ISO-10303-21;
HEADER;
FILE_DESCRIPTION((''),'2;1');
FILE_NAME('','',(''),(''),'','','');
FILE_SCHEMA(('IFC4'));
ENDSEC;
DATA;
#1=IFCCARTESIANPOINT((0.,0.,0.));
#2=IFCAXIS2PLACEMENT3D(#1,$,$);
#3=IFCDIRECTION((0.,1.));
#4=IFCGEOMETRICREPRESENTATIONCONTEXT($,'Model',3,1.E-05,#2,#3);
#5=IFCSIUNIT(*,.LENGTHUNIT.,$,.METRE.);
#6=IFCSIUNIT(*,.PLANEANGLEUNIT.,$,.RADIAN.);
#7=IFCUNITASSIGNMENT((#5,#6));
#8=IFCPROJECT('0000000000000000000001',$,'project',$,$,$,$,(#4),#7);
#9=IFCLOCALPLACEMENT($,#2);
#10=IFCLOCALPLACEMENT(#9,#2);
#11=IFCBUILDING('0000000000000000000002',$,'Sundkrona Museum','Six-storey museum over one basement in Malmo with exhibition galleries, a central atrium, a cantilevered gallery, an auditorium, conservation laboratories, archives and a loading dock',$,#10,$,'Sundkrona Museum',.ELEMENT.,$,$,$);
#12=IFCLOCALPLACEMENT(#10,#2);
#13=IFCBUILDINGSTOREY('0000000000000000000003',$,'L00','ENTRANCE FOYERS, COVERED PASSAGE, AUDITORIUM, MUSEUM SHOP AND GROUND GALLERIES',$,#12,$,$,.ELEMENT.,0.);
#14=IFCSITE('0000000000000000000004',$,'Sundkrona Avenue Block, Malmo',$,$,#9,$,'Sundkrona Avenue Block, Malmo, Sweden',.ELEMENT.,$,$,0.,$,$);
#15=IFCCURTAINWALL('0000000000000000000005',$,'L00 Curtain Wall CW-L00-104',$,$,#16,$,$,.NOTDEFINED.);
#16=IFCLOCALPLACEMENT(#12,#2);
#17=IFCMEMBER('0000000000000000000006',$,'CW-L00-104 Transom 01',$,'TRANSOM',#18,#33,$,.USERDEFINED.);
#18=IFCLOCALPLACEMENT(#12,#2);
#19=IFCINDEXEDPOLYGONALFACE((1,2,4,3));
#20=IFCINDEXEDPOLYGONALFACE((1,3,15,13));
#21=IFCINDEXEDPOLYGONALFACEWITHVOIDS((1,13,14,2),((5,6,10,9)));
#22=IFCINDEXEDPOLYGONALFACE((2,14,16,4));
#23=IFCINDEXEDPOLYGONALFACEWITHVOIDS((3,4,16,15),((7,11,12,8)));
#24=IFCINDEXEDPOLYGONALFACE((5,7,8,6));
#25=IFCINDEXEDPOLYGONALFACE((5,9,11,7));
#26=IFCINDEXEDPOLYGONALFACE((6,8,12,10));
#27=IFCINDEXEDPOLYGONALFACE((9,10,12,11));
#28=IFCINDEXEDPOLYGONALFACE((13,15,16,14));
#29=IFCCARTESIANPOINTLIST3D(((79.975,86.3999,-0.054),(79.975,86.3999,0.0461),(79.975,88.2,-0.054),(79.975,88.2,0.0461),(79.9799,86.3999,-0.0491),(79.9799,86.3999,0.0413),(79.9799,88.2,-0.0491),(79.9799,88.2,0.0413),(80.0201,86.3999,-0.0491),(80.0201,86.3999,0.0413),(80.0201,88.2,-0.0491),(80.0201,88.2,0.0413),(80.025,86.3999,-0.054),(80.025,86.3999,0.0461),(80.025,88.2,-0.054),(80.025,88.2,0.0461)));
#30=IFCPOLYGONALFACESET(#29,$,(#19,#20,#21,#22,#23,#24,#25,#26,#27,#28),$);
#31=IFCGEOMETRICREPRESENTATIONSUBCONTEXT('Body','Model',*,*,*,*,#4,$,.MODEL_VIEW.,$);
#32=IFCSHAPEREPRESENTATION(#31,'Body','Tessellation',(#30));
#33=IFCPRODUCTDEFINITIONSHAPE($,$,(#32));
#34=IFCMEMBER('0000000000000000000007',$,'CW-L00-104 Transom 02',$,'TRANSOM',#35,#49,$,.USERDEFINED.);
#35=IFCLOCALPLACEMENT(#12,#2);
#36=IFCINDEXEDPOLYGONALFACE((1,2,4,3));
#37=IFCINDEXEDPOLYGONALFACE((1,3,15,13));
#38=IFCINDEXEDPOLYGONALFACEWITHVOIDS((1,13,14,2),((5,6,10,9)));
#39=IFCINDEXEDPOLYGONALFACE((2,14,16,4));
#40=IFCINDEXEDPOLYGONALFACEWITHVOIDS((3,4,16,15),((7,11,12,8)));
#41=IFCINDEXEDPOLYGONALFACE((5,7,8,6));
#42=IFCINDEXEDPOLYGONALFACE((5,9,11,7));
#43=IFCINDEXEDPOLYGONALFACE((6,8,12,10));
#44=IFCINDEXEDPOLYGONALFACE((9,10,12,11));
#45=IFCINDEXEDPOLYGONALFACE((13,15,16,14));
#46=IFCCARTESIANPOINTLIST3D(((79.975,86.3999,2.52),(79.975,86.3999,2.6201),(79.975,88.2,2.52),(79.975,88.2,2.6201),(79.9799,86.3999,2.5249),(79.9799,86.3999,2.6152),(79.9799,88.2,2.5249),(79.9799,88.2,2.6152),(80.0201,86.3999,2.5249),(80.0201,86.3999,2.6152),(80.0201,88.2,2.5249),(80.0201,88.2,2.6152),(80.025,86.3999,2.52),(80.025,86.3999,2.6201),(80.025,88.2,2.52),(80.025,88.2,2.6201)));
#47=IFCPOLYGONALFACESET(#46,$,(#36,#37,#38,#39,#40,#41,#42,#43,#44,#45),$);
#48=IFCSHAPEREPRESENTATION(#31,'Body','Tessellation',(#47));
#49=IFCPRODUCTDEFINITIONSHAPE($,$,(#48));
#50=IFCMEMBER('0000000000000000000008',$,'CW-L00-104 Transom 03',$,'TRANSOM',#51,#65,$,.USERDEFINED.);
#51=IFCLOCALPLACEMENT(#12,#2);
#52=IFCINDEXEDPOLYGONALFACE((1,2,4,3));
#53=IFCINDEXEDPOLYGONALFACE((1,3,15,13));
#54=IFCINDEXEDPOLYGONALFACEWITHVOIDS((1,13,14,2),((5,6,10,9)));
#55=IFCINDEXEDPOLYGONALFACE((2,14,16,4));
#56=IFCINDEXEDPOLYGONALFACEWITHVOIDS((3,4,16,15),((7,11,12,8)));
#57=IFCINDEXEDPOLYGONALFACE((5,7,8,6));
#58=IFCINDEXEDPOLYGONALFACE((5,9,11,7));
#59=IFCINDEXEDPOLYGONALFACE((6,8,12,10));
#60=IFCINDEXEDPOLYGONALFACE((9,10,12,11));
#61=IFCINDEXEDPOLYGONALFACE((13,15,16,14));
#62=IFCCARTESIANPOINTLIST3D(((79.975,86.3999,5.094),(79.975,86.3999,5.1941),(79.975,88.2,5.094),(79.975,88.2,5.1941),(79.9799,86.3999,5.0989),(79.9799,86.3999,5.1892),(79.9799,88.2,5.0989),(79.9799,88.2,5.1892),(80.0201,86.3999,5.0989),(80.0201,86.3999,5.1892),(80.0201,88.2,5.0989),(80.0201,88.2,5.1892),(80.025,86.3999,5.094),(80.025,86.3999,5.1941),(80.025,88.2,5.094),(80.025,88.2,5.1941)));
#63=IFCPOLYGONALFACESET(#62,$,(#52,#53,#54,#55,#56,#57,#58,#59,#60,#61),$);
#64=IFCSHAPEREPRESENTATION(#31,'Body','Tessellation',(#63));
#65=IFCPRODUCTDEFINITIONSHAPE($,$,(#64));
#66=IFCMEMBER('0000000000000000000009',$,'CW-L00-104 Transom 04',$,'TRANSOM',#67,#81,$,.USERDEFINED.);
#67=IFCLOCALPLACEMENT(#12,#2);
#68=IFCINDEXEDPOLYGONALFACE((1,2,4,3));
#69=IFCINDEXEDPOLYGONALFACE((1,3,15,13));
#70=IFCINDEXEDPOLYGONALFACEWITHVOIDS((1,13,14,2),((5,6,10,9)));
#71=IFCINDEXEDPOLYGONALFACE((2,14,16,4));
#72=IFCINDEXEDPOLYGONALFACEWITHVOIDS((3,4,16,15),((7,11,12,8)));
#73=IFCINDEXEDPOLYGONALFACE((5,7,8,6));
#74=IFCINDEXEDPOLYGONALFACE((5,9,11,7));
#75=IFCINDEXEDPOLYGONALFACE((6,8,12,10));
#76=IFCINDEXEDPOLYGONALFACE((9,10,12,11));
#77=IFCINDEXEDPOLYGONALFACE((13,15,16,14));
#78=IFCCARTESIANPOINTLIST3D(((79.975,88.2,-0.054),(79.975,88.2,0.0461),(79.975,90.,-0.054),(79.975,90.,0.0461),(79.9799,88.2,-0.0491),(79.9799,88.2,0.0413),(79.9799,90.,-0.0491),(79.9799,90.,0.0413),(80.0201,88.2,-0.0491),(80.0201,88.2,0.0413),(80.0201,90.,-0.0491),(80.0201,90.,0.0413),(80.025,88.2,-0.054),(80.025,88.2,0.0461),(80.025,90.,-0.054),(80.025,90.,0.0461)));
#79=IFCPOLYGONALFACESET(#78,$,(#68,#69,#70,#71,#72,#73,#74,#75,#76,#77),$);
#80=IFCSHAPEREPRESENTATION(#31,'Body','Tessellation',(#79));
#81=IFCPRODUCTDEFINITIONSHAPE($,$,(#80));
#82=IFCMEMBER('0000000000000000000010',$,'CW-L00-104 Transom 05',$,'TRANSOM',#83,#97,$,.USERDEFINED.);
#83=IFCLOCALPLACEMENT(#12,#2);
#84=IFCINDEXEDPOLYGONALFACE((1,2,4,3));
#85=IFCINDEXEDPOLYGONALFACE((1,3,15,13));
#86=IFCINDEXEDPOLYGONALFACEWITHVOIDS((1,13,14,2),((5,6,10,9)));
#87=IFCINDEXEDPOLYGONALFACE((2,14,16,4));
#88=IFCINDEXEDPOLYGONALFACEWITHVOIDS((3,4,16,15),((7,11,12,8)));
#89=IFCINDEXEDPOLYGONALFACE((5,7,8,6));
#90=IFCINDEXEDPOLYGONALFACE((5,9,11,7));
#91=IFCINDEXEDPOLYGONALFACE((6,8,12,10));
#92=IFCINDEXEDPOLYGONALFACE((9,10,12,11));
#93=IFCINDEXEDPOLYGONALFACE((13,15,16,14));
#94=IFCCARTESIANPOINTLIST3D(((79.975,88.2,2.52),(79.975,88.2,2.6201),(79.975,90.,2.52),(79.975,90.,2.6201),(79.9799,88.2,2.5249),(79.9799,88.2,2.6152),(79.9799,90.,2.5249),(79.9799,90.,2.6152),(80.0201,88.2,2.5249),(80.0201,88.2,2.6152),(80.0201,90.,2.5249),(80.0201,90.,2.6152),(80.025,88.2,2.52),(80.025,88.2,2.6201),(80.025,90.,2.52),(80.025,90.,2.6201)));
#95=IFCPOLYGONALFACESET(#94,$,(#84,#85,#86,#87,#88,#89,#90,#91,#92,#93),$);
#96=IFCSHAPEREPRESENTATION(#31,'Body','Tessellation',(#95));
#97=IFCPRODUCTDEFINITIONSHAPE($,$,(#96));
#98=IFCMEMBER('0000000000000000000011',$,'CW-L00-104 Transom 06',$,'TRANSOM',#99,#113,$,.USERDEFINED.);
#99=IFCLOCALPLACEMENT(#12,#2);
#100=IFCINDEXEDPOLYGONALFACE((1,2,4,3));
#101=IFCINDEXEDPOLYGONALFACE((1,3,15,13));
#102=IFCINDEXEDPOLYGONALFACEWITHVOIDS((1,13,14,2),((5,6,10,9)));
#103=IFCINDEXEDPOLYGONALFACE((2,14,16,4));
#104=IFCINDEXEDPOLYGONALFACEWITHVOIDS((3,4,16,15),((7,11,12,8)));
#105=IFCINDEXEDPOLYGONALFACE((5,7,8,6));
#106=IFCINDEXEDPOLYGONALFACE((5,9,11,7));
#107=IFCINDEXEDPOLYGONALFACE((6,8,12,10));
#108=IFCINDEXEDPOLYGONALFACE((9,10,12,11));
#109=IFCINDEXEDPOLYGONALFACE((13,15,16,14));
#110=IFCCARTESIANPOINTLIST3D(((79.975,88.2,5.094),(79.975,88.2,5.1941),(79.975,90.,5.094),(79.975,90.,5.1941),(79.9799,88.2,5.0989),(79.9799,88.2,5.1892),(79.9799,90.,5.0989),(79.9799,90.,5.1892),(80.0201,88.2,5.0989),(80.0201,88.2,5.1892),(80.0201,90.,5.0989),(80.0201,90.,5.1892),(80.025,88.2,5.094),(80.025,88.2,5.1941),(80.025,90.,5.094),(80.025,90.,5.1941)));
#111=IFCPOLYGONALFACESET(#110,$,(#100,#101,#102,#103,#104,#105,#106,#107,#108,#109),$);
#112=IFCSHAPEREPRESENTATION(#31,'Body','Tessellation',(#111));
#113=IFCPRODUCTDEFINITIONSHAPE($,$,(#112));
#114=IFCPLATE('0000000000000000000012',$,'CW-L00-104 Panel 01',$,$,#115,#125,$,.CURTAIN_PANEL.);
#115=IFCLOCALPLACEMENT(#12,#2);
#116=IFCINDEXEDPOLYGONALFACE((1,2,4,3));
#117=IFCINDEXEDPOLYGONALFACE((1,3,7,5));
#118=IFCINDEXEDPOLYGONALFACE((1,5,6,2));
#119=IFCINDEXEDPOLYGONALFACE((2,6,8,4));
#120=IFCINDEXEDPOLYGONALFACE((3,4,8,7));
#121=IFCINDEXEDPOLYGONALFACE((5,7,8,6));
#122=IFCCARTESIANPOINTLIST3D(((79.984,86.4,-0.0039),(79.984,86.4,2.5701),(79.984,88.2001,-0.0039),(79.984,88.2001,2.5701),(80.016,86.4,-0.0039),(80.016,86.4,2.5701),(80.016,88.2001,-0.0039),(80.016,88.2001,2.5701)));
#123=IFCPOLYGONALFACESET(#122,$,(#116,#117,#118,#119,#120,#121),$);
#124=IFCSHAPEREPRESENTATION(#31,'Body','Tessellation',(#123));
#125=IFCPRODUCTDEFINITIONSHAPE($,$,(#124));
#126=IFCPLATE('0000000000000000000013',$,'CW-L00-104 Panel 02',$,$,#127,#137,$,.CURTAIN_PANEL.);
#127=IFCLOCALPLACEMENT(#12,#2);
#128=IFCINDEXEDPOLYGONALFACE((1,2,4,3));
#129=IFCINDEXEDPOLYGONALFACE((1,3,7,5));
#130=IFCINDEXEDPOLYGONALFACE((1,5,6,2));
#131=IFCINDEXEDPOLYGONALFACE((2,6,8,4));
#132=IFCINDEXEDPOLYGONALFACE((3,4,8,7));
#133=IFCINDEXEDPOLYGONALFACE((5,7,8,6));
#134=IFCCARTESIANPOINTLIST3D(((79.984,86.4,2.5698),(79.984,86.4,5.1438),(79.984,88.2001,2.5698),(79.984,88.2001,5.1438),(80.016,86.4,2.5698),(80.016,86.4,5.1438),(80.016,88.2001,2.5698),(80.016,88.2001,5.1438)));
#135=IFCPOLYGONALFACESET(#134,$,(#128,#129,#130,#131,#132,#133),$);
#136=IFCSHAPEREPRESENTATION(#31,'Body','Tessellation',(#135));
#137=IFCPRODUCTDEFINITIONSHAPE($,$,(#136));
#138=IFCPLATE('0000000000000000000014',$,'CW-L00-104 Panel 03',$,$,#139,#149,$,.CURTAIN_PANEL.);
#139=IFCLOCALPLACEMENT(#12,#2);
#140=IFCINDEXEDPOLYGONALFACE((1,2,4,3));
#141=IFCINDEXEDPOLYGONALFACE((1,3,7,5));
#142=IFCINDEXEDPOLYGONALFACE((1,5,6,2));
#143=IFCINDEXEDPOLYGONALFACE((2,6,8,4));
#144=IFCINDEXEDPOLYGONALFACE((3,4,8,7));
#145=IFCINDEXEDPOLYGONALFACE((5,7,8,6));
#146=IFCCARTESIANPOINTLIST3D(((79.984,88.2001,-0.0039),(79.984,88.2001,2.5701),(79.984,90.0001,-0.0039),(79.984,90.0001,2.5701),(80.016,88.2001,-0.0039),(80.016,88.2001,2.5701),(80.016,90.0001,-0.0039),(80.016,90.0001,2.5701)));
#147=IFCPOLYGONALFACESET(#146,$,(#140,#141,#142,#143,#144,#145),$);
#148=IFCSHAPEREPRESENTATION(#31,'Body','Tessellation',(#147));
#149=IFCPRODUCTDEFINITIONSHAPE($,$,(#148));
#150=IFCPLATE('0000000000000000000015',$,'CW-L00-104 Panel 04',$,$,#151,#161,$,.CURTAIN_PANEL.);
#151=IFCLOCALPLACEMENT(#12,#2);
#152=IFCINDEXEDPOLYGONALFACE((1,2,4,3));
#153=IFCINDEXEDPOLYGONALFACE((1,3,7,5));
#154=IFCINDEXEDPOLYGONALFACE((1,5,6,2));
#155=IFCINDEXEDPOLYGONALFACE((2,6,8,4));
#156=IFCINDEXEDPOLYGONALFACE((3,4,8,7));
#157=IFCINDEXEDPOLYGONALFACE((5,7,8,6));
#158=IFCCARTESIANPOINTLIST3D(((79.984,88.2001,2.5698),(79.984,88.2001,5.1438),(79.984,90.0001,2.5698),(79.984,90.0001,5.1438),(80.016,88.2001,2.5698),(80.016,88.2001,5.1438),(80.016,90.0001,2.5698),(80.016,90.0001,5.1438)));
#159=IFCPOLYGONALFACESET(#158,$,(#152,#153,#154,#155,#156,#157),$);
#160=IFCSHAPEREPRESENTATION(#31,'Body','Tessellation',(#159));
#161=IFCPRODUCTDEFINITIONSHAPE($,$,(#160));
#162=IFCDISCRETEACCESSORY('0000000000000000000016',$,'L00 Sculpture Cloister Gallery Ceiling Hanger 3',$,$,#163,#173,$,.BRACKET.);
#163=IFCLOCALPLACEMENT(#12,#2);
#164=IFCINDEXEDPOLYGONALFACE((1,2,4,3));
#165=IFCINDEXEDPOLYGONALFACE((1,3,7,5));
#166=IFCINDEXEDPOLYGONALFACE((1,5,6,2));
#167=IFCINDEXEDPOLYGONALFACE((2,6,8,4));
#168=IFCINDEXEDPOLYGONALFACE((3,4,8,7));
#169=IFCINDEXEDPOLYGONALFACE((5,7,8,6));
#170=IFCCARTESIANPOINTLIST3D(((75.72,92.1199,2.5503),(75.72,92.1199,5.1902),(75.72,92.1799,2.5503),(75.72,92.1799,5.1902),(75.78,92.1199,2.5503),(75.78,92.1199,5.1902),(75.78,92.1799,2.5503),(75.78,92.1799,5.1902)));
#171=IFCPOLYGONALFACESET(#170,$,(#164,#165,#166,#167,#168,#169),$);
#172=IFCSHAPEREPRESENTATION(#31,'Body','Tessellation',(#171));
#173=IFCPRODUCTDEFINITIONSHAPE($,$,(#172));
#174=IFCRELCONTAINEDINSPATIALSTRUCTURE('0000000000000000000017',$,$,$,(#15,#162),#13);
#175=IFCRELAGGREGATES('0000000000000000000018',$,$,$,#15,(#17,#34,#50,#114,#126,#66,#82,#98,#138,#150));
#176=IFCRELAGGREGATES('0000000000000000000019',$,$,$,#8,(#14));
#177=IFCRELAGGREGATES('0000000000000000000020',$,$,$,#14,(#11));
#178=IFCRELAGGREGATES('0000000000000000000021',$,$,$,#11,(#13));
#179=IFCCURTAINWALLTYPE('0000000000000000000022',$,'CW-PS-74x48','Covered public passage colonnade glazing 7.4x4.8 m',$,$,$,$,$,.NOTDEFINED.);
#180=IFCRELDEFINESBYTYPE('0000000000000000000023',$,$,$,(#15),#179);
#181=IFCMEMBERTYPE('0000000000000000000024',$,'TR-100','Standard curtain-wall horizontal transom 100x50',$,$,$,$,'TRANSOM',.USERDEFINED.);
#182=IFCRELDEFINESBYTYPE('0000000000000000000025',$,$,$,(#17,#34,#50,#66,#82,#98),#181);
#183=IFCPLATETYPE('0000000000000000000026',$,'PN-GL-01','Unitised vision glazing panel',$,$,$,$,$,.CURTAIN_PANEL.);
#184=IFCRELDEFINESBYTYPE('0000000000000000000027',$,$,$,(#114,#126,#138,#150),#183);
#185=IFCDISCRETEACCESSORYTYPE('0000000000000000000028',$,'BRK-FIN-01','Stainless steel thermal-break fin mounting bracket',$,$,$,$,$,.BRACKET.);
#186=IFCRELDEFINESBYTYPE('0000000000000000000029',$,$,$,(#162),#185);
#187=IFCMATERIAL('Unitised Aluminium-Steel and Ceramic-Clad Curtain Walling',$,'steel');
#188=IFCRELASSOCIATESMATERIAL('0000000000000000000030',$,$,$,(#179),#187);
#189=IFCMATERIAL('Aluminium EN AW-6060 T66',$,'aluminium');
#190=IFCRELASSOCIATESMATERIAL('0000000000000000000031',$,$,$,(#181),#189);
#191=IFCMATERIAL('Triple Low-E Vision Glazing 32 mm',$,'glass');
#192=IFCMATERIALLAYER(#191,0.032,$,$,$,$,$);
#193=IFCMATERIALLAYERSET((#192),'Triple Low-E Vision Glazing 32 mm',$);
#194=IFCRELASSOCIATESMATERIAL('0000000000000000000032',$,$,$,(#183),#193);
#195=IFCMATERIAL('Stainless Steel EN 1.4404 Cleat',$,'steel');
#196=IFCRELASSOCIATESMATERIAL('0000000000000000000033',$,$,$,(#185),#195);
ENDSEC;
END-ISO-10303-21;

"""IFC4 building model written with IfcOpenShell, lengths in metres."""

from ifc_helpers import new_model, si_unit, direction, frame, origin, origin_2d, place, context, subcontext, project, spatial, rectangle, hollow_rectangle, extrude, material, layer, layer_set, material_profile, profile_set, type_object, element, aggregate, save


model = new_model("IFC4")

# Units and contexts
model_context = context("Model", 3, precision=1e-05, world=origin(), true_north=direction((0.0, 1.0)))
body_context = subcontext(model_context, "Body", "Model", "MODEL_VIEW")
ifc_project = project(units=[si_unit("LENGTHUNIT", "METRE"), si_unit("PLANEANGLEUNIT", "RADIAN")], contexts=[model_context])

# Site, building, storey
site_placement = place(None, origin())
site = spatial("IfcSite", under=ifc_project, at=site_placement, Name="Sundkrona Avenue Block, Malmo", LongName="Sundkrona Avenue Block, Malmo, Sweden", CompositionType="ELEMENT", RefElevation=0.0)
building_placement = place(site_placement, origin())
building = spatial("IfcBuilding", under=site, at=building_placement, Name="Sundkrona Museum", Description="Six-storey museum over one basement in Malmo with exhibition galleries, a central atrium, a cantilevered gallery, an auditorium, conservation laboratories, archives and a loading dock", LongName="Sundkrona Museum", CompositionType="ELEMENT")
storey_placement = place(building_placement, origin())
storey = spatial("IfcBuildingStorey", under=building, at=storey_placement, Name="L00", Description="ENTRANCE FOYERS, COVERED PASSAGE, AUDITORIUM, MUSEUM SHOP AND GROUND GALLERIES", CompositionType="ELEMENT", Elevation=0.0)

# Curtain wall, members, plates
ifc_material_1 = material(Name="Unitised Aluminium-Steel and Ceramic-Clad Curtain Walling", Category="steel")
curtain_wall_type = type_object("IfcCurtainWallType", Name="CW-PS-74x48", Description="Covered public passage colonnade glazing 7.4x4.8 m", PredefinedType="NOTDEFINED", material=ifc_material_1)
curtain_wall_placement = place(storey_placement, origin())
curtain_wall = element("IfcCurtainWall", 1, at=curtain_wall_placement, inside=storey, type_object=curtain_wall_type, Name="L00 Curtain Wall CW-L00-104", PredefinedType="NOTDEFINED")
ifc_material_2 = material(Name="Aluminium EN AW-6060 T66", Category="aluminium")
ifc_material_profile_1 = material_profile(ifc_material_2, hollow_rectangle(XDim=0.05, YDim=0.1001, WallThickness=0.0049, at=origin_2d()), Name="RHS 100x50x5.0")
ifc_profile_set_1 = profile_set([ifc_material_profile_1], Name="Aluminium EN AW-6060 T66")
member_type_1 = type_object("IfcMemberType", Name="TR-100", Description="Standard curtain-wall horizontal transom 100x50", ElementType="TRANSOM", PredefinedType="USERDEFINED", material=ifc_profile_set_1)
member_1_placement = place(storey_placement, frame((80.0, 86.3999, -0.0039), z_axis=(0.0, 1.0, 0.0), x_axis=(-1.0, 0.0, 0.0)))
member_1 = element("IfcMember", 2, at=member_1_placement, type_object=member_type_1, Name="CW-L00-104 Transom 01", ObjectType="TRANSOM", PredefinedType="USERDEFINED", context=body_context, shape_type="SweptSolid", body=[
    extrude(hollow_rectangle(XDim=0.05, YDim=0.1001, WallThickness=0.0049, at=origin_2d()), origin(), (0.0, 0.0, 1.0), 1.8),
])
member_2_placement = place(storey_placement, frame((80.0, 86.3999, 2.5701), z_axis=(0.0, 1.0, 0.0), x_axis=(-1.0, 0.0, 0.0)))
member_2 = element("IfcMember", 3, at=member_2_placement, type_object=member_type_1, Name="CW-L00-104 Transom 02", ObjectType="TRANSOM", PredefinedType="USERDEFINED", context=body_context, shape_type="SweptSolid", body=[
    extrude(hollow_rectangle(XDim=0.05, YDim=0.1001, WallThickness=0.0049, at=origin_2d()), origin(), (0.0, 0.0, 1.0), 1.8),
])
member_3_placement = place(storey_placement, frame((80.0, 86.3999, 5.144), z_axis=(0.0, 1.0, 0.0), x_axis=(-1.0, 0.0, 0.0)))
member_3 = element("IfcMember", 4, at=member_3_placement, type_object=member_type_1, Name="CW-L00-104 Transom 03", ObjectType="TRANSOM", PredefinedType="USERDEFINED", context=body_context, shape_type="SweptSolid", body=[
    extrude(hollow_rectangle(XDim=0.05, YDim=0.1001, WallThickness=0.0049, at=origin_2d()), origin(), (0.0, 0.0, 1.0), 1.8),
])
member_4_placement = place(storey_placement, frame((80.0, 88.2, -0.0039), z_axis=(0.0, 1.0, 0.0), x_axis=(-1.0, 0.0, 0.0)))
member_4 = element("IfcMember", 5, at=member_4_placement, type_object=member_type_1, Name="CW-L00-104 Transom 04", ObjectType="TRANSOM", PredefinedType="USERDEFINED", context=body_context, shape_type="SweptSolid", body=[
    extrude(hollow_rectangle(XDim=0.05, YDim=0.1001, WallThickness=0.0049, at=origin_2d()), origin(), (0.0, 0.0, 1.0), 1.8),
])
member_5_placement = place(storey_placement, frame((80.0, 88.2, 2.5701), z_axis=(0.0, 1.0, 0.0), x_axis=(-1.0, 0.0, 0.0)))
member_5 = element("IfcMember", 6, at=member_5_placement, type_object=member_type_1, Name="CW-L00-104 Transom 05", ObjectType="TRANSOM", PredefinedType="USERDEFINED", context=body_context, shape_type="SweptSolid", body=[
    extrude(hollow_rectangle(XDim=0.05, YDim=0.1001, WallThickness=0.0049, at=origin_2d()), origin(), (0.0, 0.0, 1.0), 1.8),
])
member_6_placement = place(storey_placement, frame((80.0, 88.2, 5.144), z_axis=(0.0, 1.0, 0.0), x_axis=(-1.0, 0.0, 0.0)))
member_6 = element("IfcMember", 7, at=member_6_placement, type_object=member_type_1, Name="CW-L00-104 Transom 06", ObjectType="TRANSOM", PredefinedType="USERDEFINED", context=body_context, shape_type="SweptSolid", body=[
    extrude(hollow_rectangle(XDim=0.05, YDim=0.1001, WallThickness=0.0049, at=origin_2d()), origin(), (0.0, 0.0, 1.0), 1.8),
])
ifc_material_3 = material(Name="Triple Low-E Vision Glazing 32 mm", Category="glass")
ifc_layer = layer(ifc_material_3, 0.032)
ifc_layer_set = layer_set([ifc_layer], Name="Triple Low-E Vision Glazing 32 mm")
plate_type = type_object("IfcPlateType", Name="PN-GL-01", Description="Unitised vision glazing panel", PredefinedType="CURTAIN_PANEL", material=ifc_layer_set)
plate_1_placement = place(storey_placement, frame((80.0, 87.3, -0.0039), z_axis=(0.0, 0.0, 1.0), x_axis=(0.0, 1.0, 0.0)))
plate_1 = element("IfcPlate", 8, at=plate_1_placement, type_object=plate_type, Name="CW-L00-104 Panel 01", PredefinedType="CURTAIN_PANEL", context=body_context, shape_type="SweptSolid", body=[
    extrude(rectangle(XDim=1.8, YDim=0.032, at=origin_2d()), origin(), (0.0, 0.0, 1.0), 2.574),
])
plate_2_placement = place(storey_placement, frame((80.0, 87.3, 2.5698), z_axis=(0.0, 0.0, 1.0), x_axis=(0.0, 1.0, 0.0)))
plate_2 = element("IfcPlate", 9, at=plate_2_placement, type_object=plate_type, Name="CW-L00-104 Panel 02", PredefinedType="CURTAIN_PANEL", context=body_context, shape_type="SweptSolid", body=[
    extrude(rectangle(XDim=1.8, YDim=0.032, at=origin_2d()), origin(), (0.0, 0.0, 1.0), 2.574),
])
plate_3_placement = place(storey_placement, frame((80.0, 89.1001, -0.0039), z_axis=(0.0, 0.0, 1.0), x_axis=(0.0, 1.0, 0.0)))
plate_3 = element("IfcPlate", 10, at=plate_3_placement, type_object=plate_type, Name="CW-L00-104 Panel 03", PredefinedType="CURTAIN_PANEL", context=body_context, shape_type="SweptSolid", body=[
    extrude(rectangle(XDim=1.8, YDim=0.032, at=origin_2d()), origin(), (0.0, 0.0, 1.0), 2.574),
])
plate_4_placement = place(storey_placement, frame((80.0, 89.1001, 2.5698), z_axis=(0.0, 0.0, 1.0), x_axis=(0.0, 1.0, 0.0)))
plate_4 = element("IfcPlate", 11, at=plate_4_placement, type_object=plate_type, Name="CW-L00-104 Panel 04", PredefinedType="CURTAIN_PANEL", context=body_context, shape_type="SweptSolid", body=[
    extrude(rectangle(XDim=1.8, YDim=0.032, at=origin_2d()), origin(), (0.0, 0.0, 1.0), 2.574),
])
aggregate(curtain_wall, [member_1, member_2, member_3, plate_1, plate_2, member_4, member_5, member_6, plate_3, plate_4])

# Discrete accessory
ifc_material_4 = material(Name="Stainless Steel EN 1.4404 Cleat", Category="steel")
discrete_accessory_type = type_object("IfcDiscreteAccessoryType", Name="BRK-FIN-01", Description="Stainless steel thermal-break fin mounting bracket", PredefinedType="BRACKET", material=ifc_material_4)
discrete_accessory_placement = place(storey_placement, frame((75.75, 92.1499, 2.5503), z_axis=(0.0, 0.0, 1.0), x_axis=(1.0, 0.0, 0.0)))
element("IfcDiscreteAccessory", 12, at=discrete_accessory_placement, inside=storey, type_object=discrete_accessory_type, Name="L00 Sculpture Cloister Gallery Ceiling Hanger 3", PredefinedType="BRACKET", context=body_context, shape_type="SweptSolid", body=[
    extrude(rectangle(XDim=0.0601, YDim=0.0601, at=origin_2d()), origin(), (0.0, 0.0, 1.0), 2.6399),
])

save(model, "model.ifc")
